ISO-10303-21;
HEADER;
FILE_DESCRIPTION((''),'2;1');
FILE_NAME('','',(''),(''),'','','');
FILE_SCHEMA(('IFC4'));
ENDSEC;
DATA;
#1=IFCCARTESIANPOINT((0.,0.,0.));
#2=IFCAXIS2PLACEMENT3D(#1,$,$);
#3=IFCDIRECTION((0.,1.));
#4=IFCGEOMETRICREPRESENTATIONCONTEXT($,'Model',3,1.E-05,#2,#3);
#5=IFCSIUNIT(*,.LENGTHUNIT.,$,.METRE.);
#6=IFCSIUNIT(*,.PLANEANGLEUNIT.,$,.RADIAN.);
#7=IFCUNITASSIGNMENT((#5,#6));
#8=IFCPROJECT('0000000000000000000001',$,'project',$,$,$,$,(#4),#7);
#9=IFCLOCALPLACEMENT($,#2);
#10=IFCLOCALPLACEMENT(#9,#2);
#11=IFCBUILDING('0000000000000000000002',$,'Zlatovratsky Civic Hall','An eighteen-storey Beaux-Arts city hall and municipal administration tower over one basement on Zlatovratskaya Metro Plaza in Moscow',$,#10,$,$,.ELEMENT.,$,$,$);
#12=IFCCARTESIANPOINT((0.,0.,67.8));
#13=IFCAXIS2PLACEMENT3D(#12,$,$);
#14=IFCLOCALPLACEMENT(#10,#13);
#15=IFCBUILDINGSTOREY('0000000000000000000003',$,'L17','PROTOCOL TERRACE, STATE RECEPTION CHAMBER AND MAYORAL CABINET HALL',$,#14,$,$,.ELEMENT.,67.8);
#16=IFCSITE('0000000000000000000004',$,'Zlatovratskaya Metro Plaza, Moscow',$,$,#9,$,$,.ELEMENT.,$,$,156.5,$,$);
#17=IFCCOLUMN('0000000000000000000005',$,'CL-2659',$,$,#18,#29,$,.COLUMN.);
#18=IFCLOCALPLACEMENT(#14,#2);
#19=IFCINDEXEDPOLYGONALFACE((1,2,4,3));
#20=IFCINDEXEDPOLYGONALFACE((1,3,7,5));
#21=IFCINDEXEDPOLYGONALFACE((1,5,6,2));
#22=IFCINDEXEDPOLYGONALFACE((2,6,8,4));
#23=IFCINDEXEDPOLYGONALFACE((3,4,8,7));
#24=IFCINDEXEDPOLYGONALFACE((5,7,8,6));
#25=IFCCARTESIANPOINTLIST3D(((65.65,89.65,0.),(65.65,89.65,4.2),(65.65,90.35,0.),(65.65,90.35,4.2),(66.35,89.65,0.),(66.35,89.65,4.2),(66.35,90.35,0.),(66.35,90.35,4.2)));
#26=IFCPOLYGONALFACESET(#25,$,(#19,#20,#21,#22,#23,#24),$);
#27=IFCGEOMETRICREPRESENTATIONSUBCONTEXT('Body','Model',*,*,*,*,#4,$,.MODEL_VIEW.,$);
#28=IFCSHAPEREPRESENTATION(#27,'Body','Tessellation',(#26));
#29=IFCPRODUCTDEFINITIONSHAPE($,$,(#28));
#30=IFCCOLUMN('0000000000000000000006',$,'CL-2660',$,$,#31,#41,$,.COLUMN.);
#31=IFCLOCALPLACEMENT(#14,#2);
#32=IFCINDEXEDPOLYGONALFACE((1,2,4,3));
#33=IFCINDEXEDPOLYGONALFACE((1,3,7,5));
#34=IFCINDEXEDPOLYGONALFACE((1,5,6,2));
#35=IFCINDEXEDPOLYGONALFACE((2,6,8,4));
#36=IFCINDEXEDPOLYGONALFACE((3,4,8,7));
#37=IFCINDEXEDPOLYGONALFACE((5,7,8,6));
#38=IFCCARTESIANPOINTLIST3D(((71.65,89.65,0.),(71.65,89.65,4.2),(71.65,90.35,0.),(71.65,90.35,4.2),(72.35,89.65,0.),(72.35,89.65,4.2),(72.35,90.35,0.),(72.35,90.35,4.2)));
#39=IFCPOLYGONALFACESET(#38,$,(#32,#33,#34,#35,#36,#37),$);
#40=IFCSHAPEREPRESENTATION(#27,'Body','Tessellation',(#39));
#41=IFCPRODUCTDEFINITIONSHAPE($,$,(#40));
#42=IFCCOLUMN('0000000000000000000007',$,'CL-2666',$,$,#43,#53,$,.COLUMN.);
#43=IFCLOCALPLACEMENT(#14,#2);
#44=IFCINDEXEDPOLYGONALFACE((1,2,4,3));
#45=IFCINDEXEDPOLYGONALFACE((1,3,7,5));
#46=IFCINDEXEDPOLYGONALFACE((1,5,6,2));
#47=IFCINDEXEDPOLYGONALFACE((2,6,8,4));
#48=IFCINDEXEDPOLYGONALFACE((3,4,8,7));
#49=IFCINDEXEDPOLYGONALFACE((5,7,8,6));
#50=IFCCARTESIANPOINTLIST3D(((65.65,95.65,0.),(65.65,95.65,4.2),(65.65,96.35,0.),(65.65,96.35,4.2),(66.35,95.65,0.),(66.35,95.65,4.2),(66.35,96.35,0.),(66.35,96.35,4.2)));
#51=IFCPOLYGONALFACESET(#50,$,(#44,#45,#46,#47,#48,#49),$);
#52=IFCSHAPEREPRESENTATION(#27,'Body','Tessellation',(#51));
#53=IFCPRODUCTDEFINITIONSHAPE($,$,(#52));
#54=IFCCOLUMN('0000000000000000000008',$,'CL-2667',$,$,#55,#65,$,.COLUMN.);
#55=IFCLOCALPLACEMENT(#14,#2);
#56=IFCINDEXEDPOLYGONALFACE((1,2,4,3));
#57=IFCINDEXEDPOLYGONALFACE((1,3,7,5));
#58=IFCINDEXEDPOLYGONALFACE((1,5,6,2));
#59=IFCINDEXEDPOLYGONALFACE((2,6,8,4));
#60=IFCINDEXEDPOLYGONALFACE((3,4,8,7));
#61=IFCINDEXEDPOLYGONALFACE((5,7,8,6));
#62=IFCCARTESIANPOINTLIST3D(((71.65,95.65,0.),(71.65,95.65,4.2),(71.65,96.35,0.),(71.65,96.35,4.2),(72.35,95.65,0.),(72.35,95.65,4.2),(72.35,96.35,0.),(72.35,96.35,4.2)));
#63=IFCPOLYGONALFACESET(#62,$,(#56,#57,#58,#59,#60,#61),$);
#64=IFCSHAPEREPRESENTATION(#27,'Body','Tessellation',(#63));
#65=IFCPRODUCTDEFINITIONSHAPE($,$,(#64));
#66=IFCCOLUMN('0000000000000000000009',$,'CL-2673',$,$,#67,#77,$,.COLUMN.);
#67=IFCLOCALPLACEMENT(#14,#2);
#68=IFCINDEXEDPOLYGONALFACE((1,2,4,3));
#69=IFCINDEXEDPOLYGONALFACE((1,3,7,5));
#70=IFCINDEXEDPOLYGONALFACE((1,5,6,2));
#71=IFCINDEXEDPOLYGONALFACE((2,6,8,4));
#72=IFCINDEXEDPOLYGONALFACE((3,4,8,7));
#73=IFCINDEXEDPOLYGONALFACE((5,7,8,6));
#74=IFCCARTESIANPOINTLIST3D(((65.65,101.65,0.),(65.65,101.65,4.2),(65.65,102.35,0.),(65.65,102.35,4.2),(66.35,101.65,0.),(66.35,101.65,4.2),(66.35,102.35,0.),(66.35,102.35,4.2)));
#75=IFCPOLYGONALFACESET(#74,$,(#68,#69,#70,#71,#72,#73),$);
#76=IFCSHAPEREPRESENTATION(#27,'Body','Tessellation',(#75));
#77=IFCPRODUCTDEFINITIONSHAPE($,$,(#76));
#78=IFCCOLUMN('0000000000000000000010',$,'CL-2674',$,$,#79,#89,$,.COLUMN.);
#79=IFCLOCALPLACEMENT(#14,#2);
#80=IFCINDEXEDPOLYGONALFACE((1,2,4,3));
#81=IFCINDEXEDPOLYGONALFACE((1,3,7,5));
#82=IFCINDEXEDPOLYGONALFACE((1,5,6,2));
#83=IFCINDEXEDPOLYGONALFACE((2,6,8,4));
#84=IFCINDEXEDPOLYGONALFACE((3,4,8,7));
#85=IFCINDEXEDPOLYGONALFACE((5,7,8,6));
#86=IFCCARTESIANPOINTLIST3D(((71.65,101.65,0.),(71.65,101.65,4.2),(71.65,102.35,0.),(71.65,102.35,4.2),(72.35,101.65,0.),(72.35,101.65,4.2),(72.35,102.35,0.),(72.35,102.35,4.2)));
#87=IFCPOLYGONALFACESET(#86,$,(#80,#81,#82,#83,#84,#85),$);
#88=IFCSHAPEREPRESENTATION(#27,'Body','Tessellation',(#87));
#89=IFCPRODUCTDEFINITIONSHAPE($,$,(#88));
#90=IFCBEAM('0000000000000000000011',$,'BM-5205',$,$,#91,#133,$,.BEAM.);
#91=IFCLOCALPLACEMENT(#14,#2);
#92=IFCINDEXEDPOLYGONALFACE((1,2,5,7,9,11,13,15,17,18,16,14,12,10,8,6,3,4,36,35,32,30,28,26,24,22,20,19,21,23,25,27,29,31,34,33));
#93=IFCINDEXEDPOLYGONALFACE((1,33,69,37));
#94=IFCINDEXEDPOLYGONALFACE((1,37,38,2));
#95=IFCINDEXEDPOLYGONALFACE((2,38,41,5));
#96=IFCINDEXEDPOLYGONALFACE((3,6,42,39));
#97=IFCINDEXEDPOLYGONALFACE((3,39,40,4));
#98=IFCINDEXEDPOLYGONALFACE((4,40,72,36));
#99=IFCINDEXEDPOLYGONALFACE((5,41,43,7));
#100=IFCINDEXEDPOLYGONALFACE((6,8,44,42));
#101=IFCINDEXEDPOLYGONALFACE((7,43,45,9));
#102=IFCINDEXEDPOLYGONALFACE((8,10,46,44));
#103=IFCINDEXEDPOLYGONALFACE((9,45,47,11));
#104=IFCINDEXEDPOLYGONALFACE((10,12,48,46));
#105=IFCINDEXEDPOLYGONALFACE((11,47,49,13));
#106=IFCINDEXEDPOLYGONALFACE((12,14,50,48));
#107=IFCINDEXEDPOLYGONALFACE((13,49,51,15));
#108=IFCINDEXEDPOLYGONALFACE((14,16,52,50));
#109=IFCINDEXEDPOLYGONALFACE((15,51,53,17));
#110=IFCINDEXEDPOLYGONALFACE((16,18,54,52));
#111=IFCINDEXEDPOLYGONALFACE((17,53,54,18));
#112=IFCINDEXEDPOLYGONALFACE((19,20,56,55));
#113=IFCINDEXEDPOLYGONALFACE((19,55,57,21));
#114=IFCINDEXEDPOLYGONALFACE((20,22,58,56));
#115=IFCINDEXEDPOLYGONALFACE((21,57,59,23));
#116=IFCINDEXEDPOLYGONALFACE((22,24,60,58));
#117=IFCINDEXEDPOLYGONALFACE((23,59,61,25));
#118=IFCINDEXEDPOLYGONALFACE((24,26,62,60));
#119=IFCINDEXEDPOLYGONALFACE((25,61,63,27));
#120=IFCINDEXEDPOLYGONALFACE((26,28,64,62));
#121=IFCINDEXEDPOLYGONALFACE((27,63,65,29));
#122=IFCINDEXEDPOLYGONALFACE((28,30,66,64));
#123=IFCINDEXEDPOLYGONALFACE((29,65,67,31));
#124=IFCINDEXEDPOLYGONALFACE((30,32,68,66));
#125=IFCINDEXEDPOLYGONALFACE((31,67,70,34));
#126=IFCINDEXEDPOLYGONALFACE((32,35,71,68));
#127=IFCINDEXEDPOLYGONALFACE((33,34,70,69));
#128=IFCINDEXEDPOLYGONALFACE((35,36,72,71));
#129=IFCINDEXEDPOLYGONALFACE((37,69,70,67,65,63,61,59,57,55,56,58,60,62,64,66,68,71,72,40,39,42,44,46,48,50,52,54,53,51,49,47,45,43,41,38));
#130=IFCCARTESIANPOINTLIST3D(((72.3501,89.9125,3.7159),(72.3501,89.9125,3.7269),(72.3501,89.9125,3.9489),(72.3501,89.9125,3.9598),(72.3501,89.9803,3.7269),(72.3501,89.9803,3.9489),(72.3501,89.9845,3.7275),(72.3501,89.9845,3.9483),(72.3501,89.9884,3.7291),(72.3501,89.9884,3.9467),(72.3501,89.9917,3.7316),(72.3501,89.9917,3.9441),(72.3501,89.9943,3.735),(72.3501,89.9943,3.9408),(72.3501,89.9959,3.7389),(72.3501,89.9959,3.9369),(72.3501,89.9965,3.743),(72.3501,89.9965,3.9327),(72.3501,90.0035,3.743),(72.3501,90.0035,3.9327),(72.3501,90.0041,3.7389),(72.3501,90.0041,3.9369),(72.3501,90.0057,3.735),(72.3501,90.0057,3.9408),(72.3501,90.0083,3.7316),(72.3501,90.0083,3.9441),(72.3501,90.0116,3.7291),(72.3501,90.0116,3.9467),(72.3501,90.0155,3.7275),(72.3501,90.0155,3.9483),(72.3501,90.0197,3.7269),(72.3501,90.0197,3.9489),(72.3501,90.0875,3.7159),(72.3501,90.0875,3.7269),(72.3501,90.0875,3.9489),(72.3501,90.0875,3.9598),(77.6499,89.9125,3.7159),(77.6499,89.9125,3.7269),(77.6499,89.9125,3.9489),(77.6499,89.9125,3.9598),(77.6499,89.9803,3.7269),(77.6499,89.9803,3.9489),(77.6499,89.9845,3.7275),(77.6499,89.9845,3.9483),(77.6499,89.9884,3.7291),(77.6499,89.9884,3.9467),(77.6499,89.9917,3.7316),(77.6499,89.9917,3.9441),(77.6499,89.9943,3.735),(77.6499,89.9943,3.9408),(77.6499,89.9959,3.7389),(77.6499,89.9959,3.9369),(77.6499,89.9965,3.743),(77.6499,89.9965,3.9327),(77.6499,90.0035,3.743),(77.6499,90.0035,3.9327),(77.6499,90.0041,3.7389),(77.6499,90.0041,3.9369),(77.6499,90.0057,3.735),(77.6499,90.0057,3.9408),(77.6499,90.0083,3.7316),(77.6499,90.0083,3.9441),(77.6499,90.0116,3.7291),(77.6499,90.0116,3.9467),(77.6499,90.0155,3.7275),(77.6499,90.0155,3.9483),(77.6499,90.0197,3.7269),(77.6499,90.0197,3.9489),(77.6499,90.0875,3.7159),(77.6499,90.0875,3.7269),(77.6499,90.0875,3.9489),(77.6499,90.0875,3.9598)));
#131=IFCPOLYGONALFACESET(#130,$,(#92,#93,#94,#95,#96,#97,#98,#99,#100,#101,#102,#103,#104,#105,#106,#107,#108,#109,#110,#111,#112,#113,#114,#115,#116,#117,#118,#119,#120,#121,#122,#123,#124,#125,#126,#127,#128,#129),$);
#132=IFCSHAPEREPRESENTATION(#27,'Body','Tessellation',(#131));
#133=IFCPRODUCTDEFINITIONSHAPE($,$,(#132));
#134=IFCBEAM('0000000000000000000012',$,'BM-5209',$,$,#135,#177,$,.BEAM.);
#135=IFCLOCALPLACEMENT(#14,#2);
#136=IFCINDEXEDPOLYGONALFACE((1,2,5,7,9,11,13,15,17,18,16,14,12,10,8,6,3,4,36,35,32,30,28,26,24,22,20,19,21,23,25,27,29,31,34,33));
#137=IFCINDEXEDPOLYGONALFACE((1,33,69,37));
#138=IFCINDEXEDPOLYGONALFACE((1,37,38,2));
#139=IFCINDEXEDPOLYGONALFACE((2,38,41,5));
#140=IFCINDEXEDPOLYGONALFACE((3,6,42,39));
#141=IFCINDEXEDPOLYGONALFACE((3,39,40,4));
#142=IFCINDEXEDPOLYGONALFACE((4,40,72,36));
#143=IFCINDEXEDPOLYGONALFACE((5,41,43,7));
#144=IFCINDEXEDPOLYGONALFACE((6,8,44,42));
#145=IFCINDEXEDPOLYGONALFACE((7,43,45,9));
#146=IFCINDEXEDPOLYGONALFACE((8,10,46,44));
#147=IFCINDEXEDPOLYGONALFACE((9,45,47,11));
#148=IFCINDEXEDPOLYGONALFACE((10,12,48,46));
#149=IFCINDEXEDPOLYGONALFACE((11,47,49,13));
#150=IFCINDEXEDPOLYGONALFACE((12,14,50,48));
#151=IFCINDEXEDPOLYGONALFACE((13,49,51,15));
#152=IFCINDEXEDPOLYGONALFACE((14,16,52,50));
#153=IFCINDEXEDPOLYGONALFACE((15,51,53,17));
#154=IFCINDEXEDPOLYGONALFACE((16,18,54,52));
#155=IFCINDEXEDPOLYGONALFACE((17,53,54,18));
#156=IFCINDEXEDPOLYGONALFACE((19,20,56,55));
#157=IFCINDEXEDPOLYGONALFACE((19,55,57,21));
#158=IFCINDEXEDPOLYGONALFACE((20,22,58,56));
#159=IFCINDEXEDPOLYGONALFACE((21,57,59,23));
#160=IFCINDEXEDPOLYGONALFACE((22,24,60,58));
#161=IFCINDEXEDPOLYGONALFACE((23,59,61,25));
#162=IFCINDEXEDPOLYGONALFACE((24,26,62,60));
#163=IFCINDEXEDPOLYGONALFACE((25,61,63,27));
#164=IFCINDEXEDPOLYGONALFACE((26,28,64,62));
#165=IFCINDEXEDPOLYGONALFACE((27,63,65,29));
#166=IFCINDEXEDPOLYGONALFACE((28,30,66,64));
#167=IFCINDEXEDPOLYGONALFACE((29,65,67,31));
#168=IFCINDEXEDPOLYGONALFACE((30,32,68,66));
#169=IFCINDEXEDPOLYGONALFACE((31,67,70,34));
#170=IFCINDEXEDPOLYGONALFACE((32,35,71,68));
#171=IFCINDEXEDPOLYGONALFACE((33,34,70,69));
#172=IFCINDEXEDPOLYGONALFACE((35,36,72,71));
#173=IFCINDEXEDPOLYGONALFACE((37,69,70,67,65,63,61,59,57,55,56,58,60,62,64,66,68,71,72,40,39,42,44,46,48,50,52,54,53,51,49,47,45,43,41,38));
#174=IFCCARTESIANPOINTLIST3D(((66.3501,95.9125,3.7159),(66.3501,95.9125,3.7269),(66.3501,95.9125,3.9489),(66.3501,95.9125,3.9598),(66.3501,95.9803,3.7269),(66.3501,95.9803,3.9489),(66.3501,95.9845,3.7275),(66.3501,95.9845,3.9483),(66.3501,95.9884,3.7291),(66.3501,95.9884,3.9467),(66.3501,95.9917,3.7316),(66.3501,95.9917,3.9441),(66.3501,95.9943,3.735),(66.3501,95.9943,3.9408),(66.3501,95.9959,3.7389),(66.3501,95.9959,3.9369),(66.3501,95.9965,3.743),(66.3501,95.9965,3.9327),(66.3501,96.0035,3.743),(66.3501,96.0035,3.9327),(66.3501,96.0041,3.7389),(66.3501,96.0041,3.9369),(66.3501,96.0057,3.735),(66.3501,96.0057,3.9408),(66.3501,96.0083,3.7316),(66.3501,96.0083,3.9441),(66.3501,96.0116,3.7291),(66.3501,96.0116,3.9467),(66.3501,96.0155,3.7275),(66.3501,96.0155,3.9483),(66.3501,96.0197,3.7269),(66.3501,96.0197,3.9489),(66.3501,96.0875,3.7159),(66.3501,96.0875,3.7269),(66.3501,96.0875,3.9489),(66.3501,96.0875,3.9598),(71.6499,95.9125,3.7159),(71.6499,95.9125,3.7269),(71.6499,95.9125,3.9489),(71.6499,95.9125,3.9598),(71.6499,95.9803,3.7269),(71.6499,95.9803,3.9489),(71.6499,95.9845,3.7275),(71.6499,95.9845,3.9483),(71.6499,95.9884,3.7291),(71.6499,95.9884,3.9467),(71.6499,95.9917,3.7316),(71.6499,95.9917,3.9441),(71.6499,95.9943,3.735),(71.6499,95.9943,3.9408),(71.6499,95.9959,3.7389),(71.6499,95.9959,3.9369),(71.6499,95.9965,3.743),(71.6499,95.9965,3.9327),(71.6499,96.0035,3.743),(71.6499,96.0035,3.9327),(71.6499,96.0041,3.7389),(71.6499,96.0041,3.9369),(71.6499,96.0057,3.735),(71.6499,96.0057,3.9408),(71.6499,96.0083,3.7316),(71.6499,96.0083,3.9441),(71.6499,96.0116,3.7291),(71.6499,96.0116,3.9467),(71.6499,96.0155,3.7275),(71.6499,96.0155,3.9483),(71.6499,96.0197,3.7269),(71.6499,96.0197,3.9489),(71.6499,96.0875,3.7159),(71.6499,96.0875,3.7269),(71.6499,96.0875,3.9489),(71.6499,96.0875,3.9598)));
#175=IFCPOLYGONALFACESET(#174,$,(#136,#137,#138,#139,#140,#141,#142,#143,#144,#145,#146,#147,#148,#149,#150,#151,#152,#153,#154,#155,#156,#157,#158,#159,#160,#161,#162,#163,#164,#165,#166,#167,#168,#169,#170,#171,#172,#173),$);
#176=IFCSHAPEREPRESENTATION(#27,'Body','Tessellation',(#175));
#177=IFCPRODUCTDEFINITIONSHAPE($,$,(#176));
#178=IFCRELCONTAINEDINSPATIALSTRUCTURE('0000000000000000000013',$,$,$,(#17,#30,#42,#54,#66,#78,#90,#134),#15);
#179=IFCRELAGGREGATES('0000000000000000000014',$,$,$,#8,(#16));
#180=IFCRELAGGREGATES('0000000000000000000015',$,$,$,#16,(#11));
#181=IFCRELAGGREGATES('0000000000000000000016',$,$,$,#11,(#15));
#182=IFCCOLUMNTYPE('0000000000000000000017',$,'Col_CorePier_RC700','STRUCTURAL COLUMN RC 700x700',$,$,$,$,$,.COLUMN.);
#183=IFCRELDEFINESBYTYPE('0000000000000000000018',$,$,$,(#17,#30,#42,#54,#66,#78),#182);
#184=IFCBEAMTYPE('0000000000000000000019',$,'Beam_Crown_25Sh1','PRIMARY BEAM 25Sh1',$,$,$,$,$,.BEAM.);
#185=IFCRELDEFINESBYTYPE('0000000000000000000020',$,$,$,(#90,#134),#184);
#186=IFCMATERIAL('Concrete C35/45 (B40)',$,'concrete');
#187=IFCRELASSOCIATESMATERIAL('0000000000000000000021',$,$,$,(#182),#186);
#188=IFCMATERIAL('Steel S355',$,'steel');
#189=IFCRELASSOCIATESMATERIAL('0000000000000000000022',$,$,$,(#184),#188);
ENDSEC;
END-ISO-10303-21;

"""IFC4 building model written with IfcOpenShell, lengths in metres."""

from ifc_helpers import new_model, si_unit, direction, frame, origin, origin_2d, place, context, subcontext, project, spatial, rectangle, i_section, extrude, material, material_profile, profile_set, type_object, element, save


model = new_model("IFC4")

# Units and contexts
model_context = context("Model", 3, precision=1e-05, world=origin(), true_north=direction((0.0, 1.0)))
body_context = subcontext(model_context, "Body", "Model", "MODEL_VIEW")
ifc_project = project(units=[si_unit("LENGTHUNIT", "METRE"), si_unit("PLANEANGLEUNIT", "RADIAN")], contexts=[model_context])

# Site, building, storey
site_placement = place(None, origin())
site = spatial("IfcSite", under=ifc_project, at=site_placement, Name="Zlatovratskaya Metro Plaza, Moscow", CompositionType="ELEMENT", RefElevation=156.5)
building_placement = place(site_placement, origin())
building = spatial("IfcBuilding", under=site, at=building_placement, Name="Zlatovratsky Civic Hall", Description="An eighteen-storey Beaux-Arts city hall and municipal administration tower over one basement on Zlatovratskaya Metro Plaza in Moscow", CompositionType="ELEMENT")
storey_placement = place(building_placement, frame((0.0, 0.0, 67.8)))
storey = spatial("IfcBuildingStorey", under=building, at=storey_placement, Name="L17", Description="PROTOCOL TERRACE, STATE RECEPTION CHAMBER AND MAYORAL CABINET HALL", CompositionType="ELEMENT", Elevation=67.8)

# Columns
ifc_material_1 = material(Name="Concrete C35/45 (B40)", Category="concrete")
ifc_material_profile_1 = material_profile(ifc_material_1, rectangle(XDim=0.7, YDim=0.7, at=origin_2d()), Name="RC 700x700")
ifc_profile_set_1 = profile_set([ifc_material_profile_1], Name="Concrete C35/45 (B40)")
column_type = type_object("IfcColumnType", Name="Col_CorePier_RC700", Description="STRUCTURAL COLUMN RC 700x700", PredefinedType="COLUMN", material=ifc_profile_set_1)
for number, where, z_axis, x_axis, name in (
    (1, (66.0, 90.0, 0.0), (0.0, 0.0, 1.0), (1.0, 0.0, 0.0), "CL-2659"),
    (2, (72.0, 90.0, 0.0), (0.0, 0.0, 1.0), (1.0, 0.0, 0.0), "CL-2660"),
    (3, (66.0, 96.0, 0.0), (0.0, 0.0, 1.0), (1.0, 0.0, 0.0), "CL-2666"),
    (4, (72.0, 96.0, 0.0), (0.0, 0.0, 1.0), (1.0, 0.0, 0.0), "CL-2667"),
    (5, (66.0, 102.0, 0.0), (0.0, 0.0, 1.0), (1.0, 0.0, 0.0), "CL-2673"),
    (6, (72.0, 102.0, 0.0), (0.0, 0.0, 1.0), (1.0, 0.0, 0.0), "CL-2674"),
):
    element("IfcColumn", number, at=place(storey_placement, frame(where, z_axis=z_axis, x_axis=x_axis)), inside=storey, type_object=column_type, Name=name, PredefinedType="COLUMN", context=body_context, shape_type="SweptSolid", body=[
        extrude(rectangle(XDim=0.7, YDim=0.7, at=origin_2d()), origin(), (0.0, 0.0, 1.0), 4.2),
    ])

# Beams
ifc_material_2 = material(Name="Steel S355", Category="steel")
ifc_material_profile_2 = material_profile(ifc_material_2, i_section(OverallWidth=0.175, OverallDepth=0.2439, WebThickness=0.0071, FlangeThickness=0.011, FilletRadius=0.0161, at=origin_2d()), Name="25Sh1")
ifc_profile_set_2 = profile_set([ifc_material_profile_2], Name="Steel S355")
beam_type_1 = type_object("IfcBeamType", Name="Beam_Crown_25Sh1", Description="PRIMARY BEAM 25Sh1", PredefinedType="BEAM", material=ifc_profile_set_2)
for number, where, z_axis, x_axis, name in (
    (7, (72.3501, 90.0, 3.8379), (1.0, 0.0, 0.0), (0.0, 1.0, 0.0), "BM-5205"),
    (8, (66.3501, 96.0, 3.8379), (1.0, 0.0, 0.0), (0.0, 1.0, 0.0), "BM-5209"),
):
    element("IfcBeam", number, at=place(storey_placement, frame(where, z_axis=z_axis, x_axis=x_axis)), inside=storey, type_object=beam_type_1, Name=name, PredefinedType="BEAM", context=body_context, shape_type="SweptSolid", body=[
        extrude(i_section(OverallWidth=0.175, OverallDepth=0.2439, WebThickness=0.0071, FlangeThickness=0.011, FilletRadius=0.0161, at=origin_2d()), origin(), (0.0, 0.0, 1.0), 5.2998),
    ])

save(model, "model.ifc")
